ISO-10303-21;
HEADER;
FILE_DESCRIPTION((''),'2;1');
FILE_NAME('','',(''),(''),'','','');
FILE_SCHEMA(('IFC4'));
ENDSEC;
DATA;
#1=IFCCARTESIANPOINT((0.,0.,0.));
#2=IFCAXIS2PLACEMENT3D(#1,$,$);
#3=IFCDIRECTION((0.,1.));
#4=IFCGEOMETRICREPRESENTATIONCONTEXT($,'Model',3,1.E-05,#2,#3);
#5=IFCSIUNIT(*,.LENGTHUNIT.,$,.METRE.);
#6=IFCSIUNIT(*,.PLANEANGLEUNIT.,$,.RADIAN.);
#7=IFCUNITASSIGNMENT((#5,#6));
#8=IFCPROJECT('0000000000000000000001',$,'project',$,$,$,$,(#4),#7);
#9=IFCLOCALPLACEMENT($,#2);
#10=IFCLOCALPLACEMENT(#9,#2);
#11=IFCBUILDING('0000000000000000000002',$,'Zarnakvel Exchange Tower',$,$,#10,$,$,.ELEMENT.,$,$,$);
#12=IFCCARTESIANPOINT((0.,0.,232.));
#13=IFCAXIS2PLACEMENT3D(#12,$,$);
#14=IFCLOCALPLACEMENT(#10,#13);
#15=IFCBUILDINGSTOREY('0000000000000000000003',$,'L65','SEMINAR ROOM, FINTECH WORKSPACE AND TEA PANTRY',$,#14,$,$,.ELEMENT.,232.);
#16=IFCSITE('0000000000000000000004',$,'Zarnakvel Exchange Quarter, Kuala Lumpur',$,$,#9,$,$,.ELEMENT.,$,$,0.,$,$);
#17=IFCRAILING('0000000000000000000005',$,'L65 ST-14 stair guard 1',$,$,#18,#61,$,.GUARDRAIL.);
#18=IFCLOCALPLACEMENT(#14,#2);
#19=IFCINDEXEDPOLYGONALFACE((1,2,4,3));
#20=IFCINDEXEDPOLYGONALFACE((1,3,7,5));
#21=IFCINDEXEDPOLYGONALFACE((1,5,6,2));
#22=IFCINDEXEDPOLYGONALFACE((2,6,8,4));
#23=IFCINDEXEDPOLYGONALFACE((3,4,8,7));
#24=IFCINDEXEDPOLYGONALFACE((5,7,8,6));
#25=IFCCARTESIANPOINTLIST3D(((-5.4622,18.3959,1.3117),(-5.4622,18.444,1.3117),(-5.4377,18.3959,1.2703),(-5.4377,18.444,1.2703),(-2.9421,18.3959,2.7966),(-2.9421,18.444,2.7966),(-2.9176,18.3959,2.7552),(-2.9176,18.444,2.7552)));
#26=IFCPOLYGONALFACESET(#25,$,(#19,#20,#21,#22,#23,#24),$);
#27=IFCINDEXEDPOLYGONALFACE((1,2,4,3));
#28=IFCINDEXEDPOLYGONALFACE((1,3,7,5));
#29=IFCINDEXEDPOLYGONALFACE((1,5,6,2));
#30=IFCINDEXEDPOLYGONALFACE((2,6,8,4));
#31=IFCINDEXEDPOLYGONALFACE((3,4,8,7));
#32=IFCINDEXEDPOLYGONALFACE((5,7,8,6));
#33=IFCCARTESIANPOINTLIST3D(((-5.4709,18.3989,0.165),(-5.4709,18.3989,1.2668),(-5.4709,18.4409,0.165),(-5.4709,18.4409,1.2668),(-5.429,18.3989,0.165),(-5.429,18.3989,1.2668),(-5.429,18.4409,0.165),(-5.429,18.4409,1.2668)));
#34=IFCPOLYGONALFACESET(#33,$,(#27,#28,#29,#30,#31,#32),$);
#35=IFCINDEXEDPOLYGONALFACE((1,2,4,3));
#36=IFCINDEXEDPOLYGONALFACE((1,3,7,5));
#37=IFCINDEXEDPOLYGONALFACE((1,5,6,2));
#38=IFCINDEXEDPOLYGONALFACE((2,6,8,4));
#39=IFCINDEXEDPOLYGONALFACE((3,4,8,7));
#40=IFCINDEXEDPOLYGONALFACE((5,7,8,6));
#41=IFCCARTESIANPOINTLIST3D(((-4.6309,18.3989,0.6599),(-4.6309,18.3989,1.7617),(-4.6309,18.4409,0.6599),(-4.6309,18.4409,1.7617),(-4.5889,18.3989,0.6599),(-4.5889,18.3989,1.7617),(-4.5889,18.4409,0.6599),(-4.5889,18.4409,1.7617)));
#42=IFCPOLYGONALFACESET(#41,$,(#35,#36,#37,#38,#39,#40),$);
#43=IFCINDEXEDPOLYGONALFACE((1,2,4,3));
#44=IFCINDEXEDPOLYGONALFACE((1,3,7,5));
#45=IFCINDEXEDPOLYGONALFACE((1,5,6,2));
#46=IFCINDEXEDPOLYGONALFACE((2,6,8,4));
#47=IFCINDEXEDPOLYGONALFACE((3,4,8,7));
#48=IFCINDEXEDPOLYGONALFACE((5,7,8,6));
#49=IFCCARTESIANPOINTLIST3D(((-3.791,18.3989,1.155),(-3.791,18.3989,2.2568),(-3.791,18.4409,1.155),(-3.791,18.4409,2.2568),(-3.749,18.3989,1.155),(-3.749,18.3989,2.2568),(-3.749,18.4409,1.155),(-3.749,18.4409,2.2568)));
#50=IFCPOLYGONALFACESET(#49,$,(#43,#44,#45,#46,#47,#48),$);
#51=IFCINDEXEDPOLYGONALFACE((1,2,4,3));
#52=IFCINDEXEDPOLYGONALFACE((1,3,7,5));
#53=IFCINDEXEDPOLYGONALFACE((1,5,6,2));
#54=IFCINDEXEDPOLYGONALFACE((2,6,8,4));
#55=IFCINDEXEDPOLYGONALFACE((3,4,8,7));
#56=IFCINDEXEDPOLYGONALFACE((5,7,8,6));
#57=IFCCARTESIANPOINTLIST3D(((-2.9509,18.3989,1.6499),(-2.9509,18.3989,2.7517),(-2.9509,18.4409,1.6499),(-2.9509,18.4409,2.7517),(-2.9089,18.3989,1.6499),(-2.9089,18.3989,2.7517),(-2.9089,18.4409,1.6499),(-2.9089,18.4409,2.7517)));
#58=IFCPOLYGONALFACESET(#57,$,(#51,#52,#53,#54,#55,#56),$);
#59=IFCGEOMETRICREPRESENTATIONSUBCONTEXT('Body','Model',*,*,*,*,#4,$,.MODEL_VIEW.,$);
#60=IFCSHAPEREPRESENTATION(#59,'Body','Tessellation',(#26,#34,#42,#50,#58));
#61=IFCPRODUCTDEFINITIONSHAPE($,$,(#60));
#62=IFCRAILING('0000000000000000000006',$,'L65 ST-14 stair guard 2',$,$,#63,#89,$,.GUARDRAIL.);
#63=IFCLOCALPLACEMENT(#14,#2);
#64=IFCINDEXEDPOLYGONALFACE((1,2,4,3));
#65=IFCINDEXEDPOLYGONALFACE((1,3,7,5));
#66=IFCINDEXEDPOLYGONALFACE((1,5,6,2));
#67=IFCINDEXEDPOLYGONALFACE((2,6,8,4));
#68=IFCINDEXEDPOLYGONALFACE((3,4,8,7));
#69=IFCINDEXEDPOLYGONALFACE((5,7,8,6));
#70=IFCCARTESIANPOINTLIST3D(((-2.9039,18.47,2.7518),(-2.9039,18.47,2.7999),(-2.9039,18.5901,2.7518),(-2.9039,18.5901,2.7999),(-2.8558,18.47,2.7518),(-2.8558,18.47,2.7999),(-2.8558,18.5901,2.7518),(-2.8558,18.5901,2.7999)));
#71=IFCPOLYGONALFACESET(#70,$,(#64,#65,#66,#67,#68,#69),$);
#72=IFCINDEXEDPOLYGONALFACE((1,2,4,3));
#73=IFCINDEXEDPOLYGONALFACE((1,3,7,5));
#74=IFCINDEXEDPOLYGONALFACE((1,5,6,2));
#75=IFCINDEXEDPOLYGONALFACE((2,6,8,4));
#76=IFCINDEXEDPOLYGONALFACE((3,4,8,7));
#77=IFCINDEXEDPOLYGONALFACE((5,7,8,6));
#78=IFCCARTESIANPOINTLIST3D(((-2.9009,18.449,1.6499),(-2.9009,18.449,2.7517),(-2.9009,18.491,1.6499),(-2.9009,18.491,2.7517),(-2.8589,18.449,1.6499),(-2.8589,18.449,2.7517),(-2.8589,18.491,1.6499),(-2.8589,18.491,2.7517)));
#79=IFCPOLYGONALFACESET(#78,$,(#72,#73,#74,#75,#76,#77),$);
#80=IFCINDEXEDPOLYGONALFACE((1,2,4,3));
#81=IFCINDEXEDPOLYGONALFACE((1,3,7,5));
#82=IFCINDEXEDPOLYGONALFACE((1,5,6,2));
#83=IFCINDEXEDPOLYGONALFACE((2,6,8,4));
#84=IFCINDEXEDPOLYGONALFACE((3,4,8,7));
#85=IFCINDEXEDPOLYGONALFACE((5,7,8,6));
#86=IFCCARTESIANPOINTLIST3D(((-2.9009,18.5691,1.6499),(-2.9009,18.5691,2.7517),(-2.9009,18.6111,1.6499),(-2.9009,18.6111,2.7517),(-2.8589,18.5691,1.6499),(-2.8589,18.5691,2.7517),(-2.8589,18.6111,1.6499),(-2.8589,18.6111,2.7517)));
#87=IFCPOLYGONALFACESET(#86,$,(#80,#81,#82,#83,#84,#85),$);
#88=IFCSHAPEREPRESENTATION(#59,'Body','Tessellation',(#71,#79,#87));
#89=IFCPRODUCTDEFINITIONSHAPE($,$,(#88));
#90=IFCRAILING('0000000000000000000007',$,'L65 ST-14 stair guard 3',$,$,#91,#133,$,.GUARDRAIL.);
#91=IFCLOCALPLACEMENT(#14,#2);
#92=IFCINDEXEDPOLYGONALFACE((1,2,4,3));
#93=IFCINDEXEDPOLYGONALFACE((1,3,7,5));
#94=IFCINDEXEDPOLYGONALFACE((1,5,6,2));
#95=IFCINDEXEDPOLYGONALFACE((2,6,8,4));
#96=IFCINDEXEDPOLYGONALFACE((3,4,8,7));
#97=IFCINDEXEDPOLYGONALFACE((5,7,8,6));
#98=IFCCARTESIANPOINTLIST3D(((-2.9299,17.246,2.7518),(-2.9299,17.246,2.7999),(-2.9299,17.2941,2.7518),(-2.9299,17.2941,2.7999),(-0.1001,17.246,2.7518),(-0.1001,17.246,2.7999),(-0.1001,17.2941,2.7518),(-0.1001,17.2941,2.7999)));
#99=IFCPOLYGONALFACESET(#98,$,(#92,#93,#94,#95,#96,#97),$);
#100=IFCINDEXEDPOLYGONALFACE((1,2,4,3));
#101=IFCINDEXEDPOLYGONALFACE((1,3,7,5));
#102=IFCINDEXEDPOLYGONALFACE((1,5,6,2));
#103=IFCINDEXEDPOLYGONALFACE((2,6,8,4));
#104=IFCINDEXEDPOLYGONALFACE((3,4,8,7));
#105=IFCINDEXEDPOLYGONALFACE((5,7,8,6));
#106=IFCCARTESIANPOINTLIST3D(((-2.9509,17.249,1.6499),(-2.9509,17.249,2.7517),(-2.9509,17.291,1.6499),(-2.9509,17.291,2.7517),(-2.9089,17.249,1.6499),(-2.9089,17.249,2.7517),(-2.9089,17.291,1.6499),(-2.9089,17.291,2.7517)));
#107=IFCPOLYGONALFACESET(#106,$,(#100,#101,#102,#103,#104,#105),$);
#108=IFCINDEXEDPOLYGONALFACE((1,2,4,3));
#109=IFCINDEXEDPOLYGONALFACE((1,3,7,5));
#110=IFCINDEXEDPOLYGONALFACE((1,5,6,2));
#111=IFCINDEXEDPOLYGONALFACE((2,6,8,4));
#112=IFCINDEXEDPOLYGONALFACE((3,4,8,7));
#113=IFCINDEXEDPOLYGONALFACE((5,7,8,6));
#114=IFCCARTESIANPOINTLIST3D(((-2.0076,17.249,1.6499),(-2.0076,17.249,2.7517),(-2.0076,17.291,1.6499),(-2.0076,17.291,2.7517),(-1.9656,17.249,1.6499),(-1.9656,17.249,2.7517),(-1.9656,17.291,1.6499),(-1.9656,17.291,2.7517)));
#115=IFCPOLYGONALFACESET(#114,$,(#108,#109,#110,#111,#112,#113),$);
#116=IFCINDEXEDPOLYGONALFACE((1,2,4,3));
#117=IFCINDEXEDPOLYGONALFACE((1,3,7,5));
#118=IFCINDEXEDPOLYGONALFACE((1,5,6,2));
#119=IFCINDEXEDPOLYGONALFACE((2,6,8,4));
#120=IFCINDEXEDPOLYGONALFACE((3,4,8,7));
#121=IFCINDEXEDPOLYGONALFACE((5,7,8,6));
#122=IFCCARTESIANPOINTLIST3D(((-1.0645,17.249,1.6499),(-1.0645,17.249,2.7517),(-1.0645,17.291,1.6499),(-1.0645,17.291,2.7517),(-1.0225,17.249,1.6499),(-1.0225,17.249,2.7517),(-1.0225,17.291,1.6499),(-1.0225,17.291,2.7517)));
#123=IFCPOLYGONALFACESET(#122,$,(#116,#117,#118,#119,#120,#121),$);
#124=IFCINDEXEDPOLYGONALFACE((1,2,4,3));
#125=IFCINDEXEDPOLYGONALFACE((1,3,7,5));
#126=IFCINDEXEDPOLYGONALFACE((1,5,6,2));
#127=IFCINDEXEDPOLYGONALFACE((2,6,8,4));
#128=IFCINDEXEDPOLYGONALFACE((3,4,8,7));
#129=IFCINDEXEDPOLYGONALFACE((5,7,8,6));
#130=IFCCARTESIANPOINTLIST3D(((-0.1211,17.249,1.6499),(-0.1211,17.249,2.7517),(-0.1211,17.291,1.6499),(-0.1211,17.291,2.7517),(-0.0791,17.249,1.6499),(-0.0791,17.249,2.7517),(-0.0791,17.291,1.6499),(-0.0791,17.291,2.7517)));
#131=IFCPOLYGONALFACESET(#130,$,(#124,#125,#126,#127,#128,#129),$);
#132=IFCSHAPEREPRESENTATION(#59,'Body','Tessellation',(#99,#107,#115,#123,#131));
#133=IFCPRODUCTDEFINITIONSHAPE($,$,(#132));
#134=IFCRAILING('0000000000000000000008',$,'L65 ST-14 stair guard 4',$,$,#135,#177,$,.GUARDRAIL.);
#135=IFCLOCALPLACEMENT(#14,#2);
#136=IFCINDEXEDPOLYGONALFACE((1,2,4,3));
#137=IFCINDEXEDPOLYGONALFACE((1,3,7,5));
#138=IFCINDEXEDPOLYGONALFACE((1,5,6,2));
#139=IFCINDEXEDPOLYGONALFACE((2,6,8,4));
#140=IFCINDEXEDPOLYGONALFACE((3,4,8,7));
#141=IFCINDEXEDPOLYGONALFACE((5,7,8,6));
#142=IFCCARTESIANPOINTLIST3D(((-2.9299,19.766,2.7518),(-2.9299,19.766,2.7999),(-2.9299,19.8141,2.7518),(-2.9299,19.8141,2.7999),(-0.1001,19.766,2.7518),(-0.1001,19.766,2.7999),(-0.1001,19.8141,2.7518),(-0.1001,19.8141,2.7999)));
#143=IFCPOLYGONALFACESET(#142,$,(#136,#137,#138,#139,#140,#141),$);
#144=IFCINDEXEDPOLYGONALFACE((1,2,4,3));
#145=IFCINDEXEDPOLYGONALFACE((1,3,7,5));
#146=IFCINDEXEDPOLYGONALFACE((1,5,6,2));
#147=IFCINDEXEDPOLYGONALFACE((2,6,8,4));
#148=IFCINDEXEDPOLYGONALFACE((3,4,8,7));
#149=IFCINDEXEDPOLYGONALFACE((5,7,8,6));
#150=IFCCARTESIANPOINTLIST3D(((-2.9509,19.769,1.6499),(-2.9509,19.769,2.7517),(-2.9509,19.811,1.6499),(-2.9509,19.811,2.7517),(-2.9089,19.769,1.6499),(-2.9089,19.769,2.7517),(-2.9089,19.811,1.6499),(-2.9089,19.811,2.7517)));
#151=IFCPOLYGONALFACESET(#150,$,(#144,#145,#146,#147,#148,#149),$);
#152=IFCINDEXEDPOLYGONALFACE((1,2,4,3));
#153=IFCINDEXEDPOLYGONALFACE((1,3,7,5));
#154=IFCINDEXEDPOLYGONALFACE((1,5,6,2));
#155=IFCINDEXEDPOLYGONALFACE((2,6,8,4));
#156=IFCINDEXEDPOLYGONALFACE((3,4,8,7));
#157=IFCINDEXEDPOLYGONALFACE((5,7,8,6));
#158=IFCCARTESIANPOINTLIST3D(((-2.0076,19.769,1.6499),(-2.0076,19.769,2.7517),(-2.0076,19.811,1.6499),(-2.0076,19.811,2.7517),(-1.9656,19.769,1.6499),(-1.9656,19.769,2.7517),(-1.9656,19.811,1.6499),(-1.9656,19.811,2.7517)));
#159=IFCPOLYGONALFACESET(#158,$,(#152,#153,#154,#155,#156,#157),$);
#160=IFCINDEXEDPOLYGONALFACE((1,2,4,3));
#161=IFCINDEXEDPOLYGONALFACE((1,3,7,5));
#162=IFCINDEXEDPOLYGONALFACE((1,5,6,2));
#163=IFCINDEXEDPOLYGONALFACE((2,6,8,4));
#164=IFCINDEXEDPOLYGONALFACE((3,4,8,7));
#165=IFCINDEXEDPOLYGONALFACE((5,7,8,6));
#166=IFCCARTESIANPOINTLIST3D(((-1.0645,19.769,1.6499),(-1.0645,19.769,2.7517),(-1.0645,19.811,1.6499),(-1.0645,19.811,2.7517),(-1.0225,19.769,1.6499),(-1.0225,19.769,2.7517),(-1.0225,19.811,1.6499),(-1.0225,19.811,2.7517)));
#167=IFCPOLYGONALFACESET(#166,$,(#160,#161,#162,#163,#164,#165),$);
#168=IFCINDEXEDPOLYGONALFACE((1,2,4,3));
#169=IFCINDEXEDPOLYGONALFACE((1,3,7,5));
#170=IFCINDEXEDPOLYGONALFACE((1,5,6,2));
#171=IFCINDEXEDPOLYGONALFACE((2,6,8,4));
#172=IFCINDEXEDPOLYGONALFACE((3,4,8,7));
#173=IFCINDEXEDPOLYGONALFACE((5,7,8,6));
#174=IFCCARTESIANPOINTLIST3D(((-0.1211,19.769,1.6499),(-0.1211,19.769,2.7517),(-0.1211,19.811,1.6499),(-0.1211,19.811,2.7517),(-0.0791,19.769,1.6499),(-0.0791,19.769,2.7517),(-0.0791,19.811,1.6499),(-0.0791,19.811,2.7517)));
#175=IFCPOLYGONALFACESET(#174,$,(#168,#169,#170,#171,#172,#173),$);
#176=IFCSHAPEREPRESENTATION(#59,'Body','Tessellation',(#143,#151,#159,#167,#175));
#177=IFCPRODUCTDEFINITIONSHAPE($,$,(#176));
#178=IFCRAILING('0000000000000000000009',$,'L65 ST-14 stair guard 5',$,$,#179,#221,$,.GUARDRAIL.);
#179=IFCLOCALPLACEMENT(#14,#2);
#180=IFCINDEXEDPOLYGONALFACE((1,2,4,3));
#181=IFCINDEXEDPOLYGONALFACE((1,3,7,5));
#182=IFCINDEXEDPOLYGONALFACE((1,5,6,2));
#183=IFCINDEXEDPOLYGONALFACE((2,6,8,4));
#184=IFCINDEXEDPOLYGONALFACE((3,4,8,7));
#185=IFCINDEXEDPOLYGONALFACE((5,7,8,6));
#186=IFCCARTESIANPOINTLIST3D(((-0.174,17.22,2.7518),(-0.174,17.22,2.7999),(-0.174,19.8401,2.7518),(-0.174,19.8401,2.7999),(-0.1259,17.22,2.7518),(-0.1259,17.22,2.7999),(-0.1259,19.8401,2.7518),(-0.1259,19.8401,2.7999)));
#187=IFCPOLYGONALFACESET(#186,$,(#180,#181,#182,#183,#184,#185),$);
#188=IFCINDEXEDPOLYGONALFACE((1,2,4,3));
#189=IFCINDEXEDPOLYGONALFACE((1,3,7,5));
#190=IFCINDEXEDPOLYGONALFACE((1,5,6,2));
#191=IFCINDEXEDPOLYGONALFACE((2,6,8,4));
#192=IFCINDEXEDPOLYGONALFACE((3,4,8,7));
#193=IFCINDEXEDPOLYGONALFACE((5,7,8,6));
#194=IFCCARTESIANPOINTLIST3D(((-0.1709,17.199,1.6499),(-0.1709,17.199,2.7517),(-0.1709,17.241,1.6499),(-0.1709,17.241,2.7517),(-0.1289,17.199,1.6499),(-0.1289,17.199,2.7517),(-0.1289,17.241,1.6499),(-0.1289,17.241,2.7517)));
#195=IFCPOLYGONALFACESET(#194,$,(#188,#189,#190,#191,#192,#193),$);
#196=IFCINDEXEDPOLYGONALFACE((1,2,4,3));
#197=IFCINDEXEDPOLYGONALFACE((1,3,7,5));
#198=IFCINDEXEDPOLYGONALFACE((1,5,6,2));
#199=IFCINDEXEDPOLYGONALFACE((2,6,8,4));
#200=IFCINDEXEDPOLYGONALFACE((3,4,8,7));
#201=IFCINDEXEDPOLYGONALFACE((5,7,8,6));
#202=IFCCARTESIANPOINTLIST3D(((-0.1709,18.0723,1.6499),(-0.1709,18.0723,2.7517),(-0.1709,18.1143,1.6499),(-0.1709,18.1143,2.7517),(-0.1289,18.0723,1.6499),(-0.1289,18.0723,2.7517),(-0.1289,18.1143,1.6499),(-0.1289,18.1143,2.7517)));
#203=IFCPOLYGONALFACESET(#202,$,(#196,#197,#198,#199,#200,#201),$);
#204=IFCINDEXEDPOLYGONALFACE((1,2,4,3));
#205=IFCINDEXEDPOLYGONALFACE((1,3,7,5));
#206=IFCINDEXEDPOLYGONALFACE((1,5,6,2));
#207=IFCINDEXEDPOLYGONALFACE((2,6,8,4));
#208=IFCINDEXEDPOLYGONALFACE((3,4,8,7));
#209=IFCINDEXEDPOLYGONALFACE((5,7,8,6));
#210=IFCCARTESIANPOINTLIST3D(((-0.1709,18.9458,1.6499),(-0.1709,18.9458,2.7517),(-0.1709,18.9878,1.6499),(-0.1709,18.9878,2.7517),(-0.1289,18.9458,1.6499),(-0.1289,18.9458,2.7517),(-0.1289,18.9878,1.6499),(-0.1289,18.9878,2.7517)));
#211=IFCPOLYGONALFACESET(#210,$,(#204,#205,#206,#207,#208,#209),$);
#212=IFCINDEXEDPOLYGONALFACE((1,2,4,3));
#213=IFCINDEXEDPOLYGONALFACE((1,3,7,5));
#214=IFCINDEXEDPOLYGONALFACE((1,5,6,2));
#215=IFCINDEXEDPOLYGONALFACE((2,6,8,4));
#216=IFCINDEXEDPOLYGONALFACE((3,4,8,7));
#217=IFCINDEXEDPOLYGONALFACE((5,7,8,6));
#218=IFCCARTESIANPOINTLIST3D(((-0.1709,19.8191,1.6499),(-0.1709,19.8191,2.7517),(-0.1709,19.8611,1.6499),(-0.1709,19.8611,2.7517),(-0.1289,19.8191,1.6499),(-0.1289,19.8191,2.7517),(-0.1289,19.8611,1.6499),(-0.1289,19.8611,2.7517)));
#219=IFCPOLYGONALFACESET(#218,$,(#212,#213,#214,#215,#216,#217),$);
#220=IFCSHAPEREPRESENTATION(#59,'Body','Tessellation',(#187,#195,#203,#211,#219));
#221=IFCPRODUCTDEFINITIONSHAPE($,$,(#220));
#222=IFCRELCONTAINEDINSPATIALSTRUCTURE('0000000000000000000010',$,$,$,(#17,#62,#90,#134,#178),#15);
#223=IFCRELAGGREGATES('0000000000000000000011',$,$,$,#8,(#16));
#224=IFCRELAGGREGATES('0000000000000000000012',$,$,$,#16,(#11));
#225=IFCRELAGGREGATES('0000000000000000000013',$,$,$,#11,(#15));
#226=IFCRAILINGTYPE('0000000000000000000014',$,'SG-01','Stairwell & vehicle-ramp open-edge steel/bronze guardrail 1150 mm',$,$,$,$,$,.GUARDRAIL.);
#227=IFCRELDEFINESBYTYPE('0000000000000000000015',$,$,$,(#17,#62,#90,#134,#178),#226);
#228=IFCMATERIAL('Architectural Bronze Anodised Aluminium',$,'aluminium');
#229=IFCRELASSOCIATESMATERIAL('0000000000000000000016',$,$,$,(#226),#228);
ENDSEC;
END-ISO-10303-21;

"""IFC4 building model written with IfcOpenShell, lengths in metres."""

from ifc_helpers import new_model, si_unit, direction, frame, origin, origin_2d, place, context, subcontext, project, spatial, rectangle, extrude, material, type_object, element, save


model = new_model("IFC4")

# Units and contexts
model_context = context("Model", 3, precision=1e-05, world=origin(), true_north=direction((0.0, 1.0)))
body_context = subcontext(model_context, "Body", "Model", "MODEL_VIEW")
ifc_project = project(units=[si_unit("LENGTHUNIT", "METRE"), si_unit("PLANEANGLEUNIT", "RADIAN")], contexts=[model_context])

# Site, building, storey
site_placement = place(None, origin())
site = spatial("IfcSite", under=ifc_project, at=site_placement, Name="Zarnakvel Exchange Quarter, Kuala Lumpur", CompositionType="ELEMENT", RefElevation=0.0)
building_placement = place(site_placement, origin())
building = spatial("IfcBuilding", under=site, at=building_placement, Name="Zarnakvel Exchange Tower", CompositionType="ELEMENT")
storey_placement = place(building_placement, frame((0.0, 0.0, 232.0)))
storey = spatial("IfcBuildingStorey", under=building, at=storey_placement, Name="L65", Description="SEMINAR ROOM, FINTECH WORKSPACE AND TEA PANTRY", CompositionType="ELEMENT", Elevation=232.0)

# Shared definitions
ifc_material_1 = material(Name="Architectural Bronze Anodised Aluminium", Category="aluminium")

# Railings
railing_type_1 = type_object("IfcRailingType", Name="SG-01", Description="Stairwell & vehicle-ramp open-edge steel/bronze guardrail 1150 mm", PredefinedType="GUARDRAIL", material=ifc_material_1)
railing_1_placement = place(storey_placement, frame((-5.45, 18.4199, 0.165)))
element("IfcRailing", 1, at=railing_1_placement, inside=storey, type_object=railing_type_1, Name="L65 ST-14 stair guard 1", PredefinedType="GUARDRAIL", context=body_context, shape_type="SweptSolid", body=[
    extrude(rectangle(XDim=0.0481, YDim=0.0481, at=origin_2d()), frame((0.0, 0.0, 1.126), z_axis=(0.861561, 0.0, 0.507655), x_axis=(0.0, 1.0, 0.0)), (0.0, 0.0, 1.0), 2.925),
    extrude(rectangle(XDim=0.042, YDim=0.042, at=origin_2d()), origin(), (0.0, 0.0, 1.0), 1.1018),
    extrude(rectangle(XDim=0.042, YDim=0.042, at=origin_2d()), frame((0.8401, 0.0, 0.4949)), (0.0, 0.0, 1.0), 1.1018),
    extrude(rectangle(XDim=0.042, YDim=0.042, at=origin_2d()), frame((1.6799, 0.0, 0.99)), (0.0, 0.0, 1.0), 1.1018),
    extrude(rectangle(XDim=0.042, YDim=0.042, at=origin_2d()), frame((2.52, 0.0, 1.4849)), (0.0, 0.0, 1.0), 1.1018),
])
railing_2_placement = place(storey_placement, frame((-2.8799, 18.47, 1.6499)))
element("IfcRailing", 2, at=railing_2_placement, inside=storey, type_object=railing_type_1, Name="L65 ST-14 stair guard 2", PredefinedType="GUARDRAIL", context=body_context, shape_type="SweptSolid", body=[
    extrude(rectangle(XDim=0.0481, YDim=0.0481, at=origin_2d()), frame((0.0, 0.0, 1.126), z_axis=(0.0, 1.0, 0.0), x_axis=(-1.0, 0.0, 0.0)), (0.0, 0.0, 1.0), 0.1201),
    extrude(rectangle(XDim=0.042, YDim=0.042, at=origin_2d()), origin(), (0.0, 0.0, 1.0), 1.1018),
    extrude(rectangle(XDim=0.042, YDim=0.042, at=origin_2d()), frame((0.0, 0.1201, 0.0)), (0.0, 0.0, 1.0), 1.1018),
])
for number, where, name in (
    (3, (-2.9299, 17.27, 1.6499), "L65 ST-14 stair guard 3"),
    (4, (-2.9299, 19.79, 1.6499), "L65 ST-14 stair guard 4"),
):
    element("IfcRailing", number, at=place(storey_placement, frame(where)), inside=storey, type_object=railing_type_1, Name=name, PredefinedType="GUARDRAIL", context=body_context, shape_type="SweptSolid", body=[
        extrude(rectangle(XDim=0.0481, YDim=0.0481, at=origin_2d()), frame((0.0, 0.0, 1.126), z_axis=(1.0, 0.0, 0.0), x_axis=(0.0, 1.0, 0.0)), (0.0, 0.0, 1.0), 2.8298),
        extrude(rectangle(XDim=0.042, YDim=0.042, at=origin_2d()), origin(), (0.0, 0.0, 1.0), 1.1018),
        extrude(rectangle(XDim=0.042, YDim=0.042, at=origin_2d()), frame((0.9434, 0.0, 0.0)), (0.0, 0.0, 1.0), 1.1018),
        extrude(rectangle(XDim=0.042, YDim=0.042, at=origin_2d()), frame((1.8865, 0.0, 0.0)), (0.0, 0.0, 1.0), 1.1018),
        extrude(rectangle(XDim=0.042, YDim=0.042, at=origin_2d()), frame((2.8298, 0.0, 0.0)), (0.0, 0.0, 1.0), 1.1018),
    ])
railing_3_placement = place(storey_placement, frame((-0.1499, 17.22, 1.6499)))
element("IfcRailing", 5, at=railing_3_placement, inside=storey, type_object=railing_type_1, Name="L65 ST-14 stair guard 5", PredefinedType="GUARDRAIL", context=body_context, shape_type="SweptSolid", body=[
    extrude(rectangle(XDim=0.0481, YDim=0.0481, at=origin_2d()), frame((0.0, 0.0, 1.126), z_axis=(0.0, 1.0, 0.0), x_axis=(-1.0, 0.0, 0.0)), (0.0, 0.0, 1.0), 2.6201),
    extrude(rectangle(XDim=0.042, YDim=0.042, at=origin_2d()), origin(), (0.0, 0.0, 1.0), 1.1018),
    extrude(rectangle(XDim=0.042, YDim=0.042, at=origin_2d()), frame((0.0, 0.8733, 0.0)), (0.0, 0.0, 1.0), 1.1018),
    extrude(rectangle(XDim=0.042, YDim=0.042, at=origin_2d()), frame((0.0, 1.7468, 0.0)), (0.0, 0.0, 1.0), 1.1018),
    extrude(rectangle(XDim=0.042, YDim=0.042, at=origin_2d()), frame((0.0, 2.6201, 0.0)), (0.0, 0.0, 1.0), 1.1018),
])

save(model, "model.ifc")
